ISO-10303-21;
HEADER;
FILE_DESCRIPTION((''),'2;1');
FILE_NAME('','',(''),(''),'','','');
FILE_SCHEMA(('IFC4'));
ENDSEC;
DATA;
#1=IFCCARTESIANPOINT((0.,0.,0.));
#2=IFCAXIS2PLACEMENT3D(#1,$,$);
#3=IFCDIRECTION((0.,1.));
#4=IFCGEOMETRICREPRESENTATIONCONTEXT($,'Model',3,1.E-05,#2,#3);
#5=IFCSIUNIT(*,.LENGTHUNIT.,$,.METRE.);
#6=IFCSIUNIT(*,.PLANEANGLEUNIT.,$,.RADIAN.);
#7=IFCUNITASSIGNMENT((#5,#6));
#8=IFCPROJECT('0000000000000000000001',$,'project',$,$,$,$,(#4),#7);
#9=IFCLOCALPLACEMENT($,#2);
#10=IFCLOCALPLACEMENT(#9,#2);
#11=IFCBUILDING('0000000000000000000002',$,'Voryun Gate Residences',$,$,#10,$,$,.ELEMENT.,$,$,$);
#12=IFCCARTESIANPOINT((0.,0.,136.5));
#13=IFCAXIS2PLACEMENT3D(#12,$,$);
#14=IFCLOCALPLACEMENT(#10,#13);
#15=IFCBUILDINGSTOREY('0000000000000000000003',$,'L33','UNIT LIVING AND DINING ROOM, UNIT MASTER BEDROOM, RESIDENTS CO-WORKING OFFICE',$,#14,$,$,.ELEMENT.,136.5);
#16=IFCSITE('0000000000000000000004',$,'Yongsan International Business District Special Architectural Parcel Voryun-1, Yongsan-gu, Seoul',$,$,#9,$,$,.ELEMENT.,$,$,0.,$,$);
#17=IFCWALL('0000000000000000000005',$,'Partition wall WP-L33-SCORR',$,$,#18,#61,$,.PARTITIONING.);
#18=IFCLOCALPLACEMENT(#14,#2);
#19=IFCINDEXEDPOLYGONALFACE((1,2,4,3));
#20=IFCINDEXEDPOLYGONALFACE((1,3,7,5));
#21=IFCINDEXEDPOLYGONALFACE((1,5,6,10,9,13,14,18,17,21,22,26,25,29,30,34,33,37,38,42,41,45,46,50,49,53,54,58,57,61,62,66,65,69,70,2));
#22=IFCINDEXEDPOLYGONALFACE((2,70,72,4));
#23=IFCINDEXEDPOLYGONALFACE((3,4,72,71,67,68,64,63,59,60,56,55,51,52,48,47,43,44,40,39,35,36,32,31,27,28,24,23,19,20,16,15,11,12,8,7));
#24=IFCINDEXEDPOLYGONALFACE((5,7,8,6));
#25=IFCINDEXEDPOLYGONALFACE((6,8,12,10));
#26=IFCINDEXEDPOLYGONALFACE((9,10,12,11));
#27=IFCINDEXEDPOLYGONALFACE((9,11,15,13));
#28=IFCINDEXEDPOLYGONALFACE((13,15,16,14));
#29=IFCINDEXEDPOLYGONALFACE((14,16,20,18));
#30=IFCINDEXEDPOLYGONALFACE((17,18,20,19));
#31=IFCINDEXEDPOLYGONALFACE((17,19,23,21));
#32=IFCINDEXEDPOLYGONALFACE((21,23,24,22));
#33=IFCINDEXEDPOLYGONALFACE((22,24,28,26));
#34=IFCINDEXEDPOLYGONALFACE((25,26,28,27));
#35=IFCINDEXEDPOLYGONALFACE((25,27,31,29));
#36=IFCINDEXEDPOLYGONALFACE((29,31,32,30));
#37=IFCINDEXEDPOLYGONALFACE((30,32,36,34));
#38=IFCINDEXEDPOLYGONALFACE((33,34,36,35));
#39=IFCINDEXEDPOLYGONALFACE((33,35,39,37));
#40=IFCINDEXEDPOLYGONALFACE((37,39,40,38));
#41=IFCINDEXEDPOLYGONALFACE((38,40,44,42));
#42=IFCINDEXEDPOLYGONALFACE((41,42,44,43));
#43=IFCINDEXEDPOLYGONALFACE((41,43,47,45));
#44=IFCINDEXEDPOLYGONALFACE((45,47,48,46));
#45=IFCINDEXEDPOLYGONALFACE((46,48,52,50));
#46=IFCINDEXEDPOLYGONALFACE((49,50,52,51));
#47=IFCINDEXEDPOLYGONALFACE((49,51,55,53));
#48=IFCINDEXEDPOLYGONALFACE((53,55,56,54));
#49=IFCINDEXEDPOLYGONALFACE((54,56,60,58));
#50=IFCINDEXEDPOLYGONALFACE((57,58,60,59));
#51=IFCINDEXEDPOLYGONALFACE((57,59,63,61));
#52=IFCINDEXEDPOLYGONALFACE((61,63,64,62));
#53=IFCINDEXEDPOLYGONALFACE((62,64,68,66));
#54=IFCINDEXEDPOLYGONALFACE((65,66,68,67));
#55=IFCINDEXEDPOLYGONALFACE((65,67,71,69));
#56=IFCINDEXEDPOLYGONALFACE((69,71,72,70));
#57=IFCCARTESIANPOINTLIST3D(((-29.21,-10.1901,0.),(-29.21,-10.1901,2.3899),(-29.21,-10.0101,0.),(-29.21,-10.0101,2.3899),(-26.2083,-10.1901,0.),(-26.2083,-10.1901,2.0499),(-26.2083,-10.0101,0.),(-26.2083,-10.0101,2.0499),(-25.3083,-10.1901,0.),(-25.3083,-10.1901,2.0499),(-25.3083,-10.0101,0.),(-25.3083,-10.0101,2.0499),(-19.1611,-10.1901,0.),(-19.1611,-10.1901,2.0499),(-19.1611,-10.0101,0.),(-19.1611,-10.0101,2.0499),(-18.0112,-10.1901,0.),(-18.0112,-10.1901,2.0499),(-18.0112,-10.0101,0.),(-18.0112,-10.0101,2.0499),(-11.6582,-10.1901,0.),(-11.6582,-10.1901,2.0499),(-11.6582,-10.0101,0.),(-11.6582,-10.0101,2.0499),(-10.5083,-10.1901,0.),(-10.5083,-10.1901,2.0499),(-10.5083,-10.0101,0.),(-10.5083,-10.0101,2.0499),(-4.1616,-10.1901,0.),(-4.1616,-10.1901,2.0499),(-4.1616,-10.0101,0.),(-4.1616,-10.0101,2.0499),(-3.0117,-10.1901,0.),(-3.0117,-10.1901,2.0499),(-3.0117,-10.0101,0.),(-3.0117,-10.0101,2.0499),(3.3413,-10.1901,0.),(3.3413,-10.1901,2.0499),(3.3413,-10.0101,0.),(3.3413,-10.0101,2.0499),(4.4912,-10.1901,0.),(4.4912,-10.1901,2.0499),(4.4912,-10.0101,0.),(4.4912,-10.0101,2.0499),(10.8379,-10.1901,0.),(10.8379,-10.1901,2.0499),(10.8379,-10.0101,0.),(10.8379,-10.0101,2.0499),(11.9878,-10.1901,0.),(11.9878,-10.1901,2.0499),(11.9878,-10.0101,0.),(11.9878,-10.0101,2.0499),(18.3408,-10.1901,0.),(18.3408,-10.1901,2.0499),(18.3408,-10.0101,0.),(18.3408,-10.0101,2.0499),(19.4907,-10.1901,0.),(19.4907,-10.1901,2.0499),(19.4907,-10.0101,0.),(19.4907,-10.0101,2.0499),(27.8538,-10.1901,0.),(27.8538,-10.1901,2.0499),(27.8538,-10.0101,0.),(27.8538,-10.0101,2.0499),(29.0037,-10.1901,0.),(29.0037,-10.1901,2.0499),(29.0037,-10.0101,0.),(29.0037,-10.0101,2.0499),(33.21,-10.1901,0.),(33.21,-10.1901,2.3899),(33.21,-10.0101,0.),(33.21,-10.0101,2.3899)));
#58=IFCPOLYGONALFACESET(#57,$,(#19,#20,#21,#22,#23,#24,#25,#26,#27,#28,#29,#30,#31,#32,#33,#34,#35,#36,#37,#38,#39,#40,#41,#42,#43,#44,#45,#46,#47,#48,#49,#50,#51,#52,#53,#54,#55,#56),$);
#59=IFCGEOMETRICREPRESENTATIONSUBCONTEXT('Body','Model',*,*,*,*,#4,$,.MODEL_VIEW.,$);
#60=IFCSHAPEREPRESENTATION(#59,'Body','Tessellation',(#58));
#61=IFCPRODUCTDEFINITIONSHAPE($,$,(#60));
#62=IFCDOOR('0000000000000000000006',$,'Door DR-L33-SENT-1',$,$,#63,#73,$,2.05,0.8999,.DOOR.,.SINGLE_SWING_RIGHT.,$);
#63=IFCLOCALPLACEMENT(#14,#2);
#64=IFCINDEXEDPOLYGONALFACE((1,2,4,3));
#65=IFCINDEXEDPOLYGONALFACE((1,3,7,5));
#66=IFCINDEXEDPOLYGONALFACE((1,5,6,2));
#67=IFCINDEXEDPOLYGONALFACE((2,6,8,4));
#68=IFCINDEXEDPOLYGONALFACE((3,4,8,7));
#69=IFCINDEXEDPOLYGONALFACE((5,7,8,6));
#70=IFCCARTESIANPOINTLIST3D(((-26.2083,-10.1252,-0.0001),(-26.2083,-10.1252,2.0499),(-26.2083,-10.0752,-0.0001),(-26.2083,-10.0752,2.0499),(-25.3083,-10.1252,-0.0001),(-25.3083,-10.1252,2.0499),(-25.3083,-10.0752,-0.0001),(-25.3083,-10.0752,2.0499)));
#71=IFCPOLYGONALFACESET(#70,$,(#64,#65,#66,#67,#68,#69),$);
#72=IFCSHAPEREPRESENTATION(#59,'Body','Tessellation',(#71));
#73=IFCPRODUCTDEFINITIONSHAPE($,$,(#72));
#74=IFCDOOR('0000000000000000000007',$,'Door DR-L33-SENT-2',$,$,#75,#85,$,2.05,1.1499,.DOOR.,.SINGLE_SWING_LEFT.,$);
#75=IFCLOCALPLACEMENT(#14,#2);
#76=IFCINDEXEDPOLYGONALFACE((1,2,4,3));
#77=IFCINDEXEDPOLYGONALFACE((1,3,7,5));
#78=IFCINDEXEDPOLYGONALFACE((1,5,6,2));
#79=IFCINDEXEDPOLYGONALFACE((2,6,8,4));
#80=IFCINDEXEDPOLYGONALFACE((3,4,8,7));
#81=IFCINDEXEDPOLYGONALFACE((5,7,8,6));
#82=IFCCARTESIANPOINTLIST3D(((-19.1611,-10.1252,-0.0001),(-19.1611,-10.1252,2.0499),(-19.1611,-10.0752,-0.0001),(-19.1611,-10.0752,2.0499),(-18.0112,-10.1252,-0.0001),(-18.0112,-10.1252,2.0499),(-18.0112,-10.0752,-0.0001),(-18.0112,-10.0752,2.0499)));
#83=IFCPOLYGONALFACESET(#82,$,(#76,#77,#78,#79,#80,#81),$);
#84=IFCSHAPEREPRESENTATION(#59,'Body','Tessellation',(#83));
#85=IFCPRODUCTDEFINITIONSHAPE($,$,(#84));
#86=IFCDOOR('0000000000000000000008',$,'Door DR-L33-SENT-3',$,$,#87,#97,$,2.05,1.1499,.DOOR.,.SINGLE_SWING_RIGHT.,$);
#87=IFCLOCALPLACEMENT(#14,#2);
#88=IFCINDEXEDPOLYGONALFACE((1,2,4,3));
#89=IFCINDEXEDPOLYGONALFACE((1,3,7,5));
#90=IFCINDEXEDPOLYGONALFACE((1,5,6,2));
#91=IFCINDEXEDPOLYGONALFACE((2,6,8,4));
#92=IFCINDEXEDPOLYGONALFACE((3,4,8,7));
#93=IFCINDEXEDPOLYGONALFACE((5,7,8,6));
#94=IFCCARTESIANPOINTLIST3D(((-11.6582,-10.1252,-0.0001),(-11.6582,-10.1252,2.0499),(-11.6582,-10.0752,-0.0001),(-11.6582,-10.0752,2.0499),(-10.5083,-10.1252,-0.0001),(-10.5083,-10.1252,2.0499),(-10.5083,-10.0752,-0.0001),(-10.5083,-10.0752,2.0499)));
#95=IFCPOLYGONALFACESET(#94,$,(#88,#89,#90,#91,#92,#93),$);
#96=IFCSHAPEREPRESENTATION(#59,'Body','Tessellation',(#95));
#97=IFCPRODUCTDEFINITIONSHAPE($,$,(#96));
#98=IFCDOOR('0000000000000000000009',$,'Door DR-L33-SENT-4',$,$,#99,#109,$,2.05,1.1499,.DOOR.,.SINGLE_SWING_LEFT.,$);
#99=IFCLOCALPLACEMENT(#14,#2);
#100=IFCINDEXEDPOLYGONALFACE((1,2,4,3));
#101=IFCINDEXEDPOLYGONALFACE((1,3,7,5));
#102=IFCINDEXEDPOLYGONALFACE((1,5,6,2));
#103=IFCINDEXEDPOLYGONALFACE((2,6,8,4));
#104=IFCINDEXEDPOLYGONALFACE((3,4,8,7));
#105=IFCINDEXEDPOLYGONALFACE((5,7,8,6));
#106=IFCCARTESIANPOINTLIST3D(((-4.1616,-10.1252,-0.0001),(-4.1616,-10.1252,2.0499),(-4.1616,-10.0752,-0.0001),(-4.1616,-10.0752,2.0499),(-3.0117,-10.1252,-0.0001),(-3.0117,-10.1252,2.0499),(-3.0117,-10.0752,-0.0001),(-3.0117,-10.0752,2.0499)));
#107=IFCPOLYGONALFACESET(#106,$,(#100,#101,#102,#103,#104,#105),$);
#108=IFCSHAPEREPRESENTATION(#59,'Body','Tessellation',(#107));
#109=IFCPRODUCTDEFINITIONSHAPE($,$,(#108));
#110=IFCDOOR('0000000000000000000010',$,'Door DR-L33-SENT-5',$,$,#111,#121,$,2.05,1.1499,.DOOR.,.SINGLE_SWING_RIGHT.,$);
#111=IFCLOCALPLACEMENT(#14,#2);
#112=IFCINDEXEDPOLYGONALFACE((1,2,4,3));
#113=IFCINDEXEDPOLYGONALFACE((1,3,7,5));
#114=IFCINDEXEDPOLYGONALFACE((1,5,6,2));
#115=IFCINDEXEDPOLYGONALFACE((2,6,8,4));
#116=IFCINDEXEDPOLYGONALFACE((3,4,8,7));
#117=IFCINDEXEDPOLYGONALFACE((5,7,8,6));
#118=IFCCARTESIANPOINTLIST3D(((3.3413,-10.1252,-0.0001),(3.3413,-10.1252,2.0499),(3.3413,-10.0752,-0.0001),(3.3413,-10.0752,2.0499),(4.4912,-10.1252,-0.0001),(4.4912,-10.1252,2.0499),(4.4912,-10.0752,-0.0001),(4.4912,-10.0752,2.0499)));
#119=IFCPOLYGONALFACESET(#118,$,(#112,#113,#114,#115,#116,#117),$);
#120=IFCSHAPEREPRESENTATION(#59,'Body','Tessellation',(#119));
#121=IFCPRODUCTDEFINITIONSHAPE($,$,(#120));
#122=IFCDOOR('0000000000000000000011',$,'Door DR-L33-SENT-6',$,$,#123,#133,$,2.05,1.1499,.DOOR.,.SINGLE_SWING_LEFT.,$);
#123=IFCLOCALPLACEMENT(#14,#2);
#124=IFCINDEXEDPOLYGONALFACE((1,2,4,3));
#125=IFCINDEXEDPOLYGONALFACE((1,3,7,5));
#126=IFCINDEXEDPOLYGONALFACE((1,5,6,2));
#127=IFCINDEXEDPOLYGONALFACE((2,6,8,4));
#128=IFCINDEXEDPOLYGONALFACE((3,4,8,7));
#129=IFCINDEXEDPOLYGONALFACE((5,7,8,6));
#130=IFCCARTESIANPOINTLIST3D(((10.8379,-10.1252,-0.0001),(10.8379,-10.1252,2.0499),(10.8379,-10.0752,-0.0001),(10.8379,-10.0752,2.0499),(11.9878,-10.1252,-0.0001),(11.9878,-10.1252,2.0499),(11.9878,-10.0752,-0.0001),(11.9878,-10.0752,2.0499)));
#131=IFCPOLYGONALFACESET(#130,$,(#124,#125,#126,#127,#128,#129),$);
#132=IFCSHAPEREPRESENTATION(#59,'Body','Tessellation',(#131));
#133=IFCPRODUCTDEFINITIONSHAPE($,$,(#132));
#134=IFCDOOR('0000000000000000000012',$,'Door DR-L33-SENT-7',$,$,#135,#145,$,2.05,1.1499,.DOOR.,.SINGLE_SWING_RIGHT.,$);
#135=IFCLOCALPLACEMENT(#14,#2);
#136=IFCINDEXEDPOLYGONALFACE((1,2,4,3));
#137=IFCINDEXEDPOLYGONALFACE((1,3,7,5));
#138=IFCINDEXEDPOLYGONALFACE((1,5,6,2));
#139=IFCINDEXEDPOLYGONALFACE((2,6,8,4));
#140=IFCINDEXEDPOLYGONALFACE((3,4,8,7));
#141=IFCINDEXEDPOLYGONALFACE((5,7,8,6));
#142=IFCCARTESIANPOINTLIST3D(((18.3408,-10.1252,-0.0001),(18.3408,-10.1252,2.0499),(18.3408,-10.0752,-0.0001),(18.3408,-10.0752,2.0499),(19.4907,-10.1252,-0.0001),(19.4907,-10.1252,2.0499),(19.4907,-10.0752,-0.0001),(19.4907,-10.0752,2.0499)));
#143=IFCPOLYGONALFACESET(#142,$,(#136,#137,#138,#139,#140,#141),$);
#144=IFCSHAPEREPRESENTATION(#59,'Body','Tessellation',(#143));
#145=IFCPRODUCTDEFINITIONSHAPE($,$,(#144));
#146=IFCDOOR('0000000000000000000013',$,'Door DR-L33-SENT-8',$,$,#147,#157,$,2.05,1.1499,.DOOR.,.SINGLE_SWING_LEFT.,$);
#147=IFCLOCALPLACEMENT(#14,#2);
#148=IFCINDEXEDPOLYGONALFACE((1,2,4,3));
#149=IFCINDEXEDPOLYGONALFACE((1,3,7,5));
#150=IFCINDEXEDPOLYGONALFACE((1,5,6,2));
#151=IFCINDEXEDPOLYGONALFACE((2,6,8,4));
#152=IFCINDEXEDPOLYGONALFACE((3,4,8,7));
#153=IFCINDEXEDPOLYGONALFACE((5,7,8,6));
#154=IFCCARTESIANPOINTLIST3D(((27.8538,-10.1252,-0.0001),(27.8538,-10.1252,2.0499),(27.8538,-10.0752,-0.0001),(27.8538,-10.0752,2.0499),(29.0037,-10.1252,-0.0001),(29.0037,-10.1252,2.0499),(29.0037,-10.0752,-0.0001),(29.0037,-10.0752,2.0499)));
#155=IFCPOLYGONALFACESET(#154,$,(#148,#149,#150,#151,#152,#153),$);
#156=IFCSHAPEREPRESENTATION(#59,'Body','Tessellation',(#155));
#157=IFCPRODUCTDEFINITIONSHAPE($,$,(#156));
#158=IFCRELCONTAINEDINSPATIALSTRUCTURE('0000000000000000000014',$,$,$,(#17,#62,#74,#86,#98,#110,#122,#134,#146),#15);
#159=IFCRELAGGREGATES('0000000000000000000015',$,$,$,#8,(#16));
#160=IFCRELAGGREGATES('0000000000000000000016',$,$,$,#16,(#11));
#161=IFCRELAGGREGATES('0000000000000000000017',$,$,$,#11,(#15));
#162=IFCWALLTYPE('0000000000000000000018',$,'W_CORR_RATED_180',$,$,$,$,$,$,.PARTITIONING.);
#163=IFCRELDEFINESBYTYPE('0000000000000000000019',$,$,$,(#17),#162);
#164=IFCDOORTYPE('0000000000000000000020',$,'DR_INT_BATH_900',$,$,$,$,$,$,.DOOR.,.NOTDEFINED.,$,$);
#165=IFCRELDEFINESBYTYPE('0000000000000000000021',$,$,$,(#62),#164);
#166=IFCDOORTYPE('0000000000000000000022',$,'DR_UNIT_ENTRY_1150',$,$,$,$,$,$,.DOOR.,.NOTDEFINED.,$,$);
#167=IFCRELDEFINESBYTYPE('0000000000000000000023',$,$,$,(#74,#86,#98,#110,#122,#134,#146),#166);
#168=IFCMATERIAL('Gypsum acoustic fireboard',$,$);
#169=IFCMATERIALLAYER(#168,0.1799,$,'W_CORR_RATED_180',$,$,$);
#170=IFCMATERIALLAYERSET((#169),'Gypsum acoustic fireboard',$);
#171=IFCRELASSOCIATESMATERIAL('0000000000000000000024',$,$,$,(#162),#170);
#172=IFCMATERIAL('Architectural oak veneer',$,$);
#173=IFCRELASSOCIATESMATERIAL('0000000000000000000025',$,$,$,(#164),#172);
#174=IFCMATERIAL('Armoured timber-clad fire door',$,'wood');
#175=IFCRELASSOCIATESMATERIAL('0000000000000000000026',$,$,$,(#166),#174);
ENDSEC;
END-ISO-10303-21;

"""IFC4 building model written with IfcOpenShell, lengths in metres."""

from ifc_helpers import new_model, si_unit, direction, frame, frame_2d, origin, place, context, subcontext, project, spatial, rectangle, extrude, material, layer, layer_set, type_object, element, fill, save


model = new_model("IFC4")

# Units and contexts
model_context = context("Model", 3, precision=1e-05, world=origin(), true_north=direction((0.0, 1.0)))
body_context = subcontext(model_context, "Body", "Model", "MODEL_VIEW")
ifc_project = project(units=[si_unit("LENGTHUNIT", "METRE"), si_unit("PLANEANGLEUNIT", "RADIAN")], contexts=[model_context])

# Site, building, storey
site_placement = place(None, origin())
site = spatial("IfcSite", under=ifc_project, at=site_placement, Name="Yongsan International Business District Special Architectural Parcel Voryun-1, Yongsan-gu, Seoul", CompositionType="ELEMENT", RefElevation=0.0)
building_placement = place(site_placement, origin())
building = spatial("IfcBuilding", under=site, at=building_placement, Name="Voryun Gate Residences", CompositionType="ELEMENT")
storey_placement = place(building_placement, frame((0.0, 0.0, 136.5)))
storey = spatial("IfcBuildingStorey", under=building, at=storey_placement, Name="L33", Description="UNIT LIVING AND DINING ROOM, UNIT MASTER BEDROOM, RESIDENTS CO-WORKING OFFICE", CompositionType="ELEMENT", Elevation=136.5)

# Shared definitions
ifc_material_1 = material(Name="Gypsum acoustic fireboard")
ifc_layer_1 = layer(ifc_material_1, 0.1799, Name="W_CORR_RATED_180")
ifc_layer_set_1 = layer_set([ifc_layer_1], Name="Gypsum acoustic fireboard")
wall_type_1 = type_object("IfcWallType", Name="W_CORR_RATED_180", PredefinedType="PARTITIONING", material=ifc_layer_set_1)

# Wall, openings, doors
wall_1_placement = place(storey_placement, frame((-29.21, -10.1001, 0.0), z_axis=(0.0, 0.0, 1.0), x_axis=(1.0, 0.0, 0.0)))
wall_1 = element("IfcWall", 1, at=wall_1_placement, inside=storey, type_object=wall_type_1, Name="Partition wall WP-L33-SCORR", PredefinedType="PARTITIONING", context=body_context, shape_type="SweptSolid", body=[
    extrude(rectangle(XDim=62.4199, YDim=0.1799, at=frame_2d((31.21, 0.0))), origin(), (0.0, 0.0, 1.0), 2.3899),
])
opening_1_placement = place(wall_1_placement, frame((3.0017, 0.0, 0.0)))
opening_1 = element("IfcOpeningElement", 2, at=opening_1_placement, cuts=wall_1, PredefinedType="OPENING", context=body_context, shape_type="SweptSolid", body=[
    extrude(rectangle(XDim=0.8999, YDim=2.05, at=frame_2d((0.45, 1.0249))), frame((0.0, 0.0999, 0.0), z_axis=(0.0, -1.0, 0.0), x_axis=(1.0, 0.0, 0.0)), (0.0, 0.0, 1.0), 0.2),
])
opening_2_placement = place(wall_1_placement, frame((10.0488, 0.0, 0.0)))
opening_2 = element("IfcOpeningElement", 3, at=opening_2_placement, cuts=wall_1, PredefinedType="OPENING", context=body_context, shape_type="SweptSolid", body=[
    extrude(rectangle(XDim=1.1499, YDim=2.05, at=frame_2d((0.575, 1.0249))), frame((0.0, 0.0999, 0.0), z_axis=(0.0, -1.0, 0.0), x_axis=(1.0, 0.0, 0.0)), (0.0, 0.0, 1.0), 0.2),
])
opening_3_placement = place(wall_1_placement, frame((17.5518, 0.0, 0.0)))
opening_3 = element("IfcOpeningElement", 4, at=opening_3_placement, cuts=wall_1, PredefinedType="OPENING", context=body_context, shape_type="SweptSolid", body=[
    extrude(rectangle(XDim=1.1499, YDim=2.05, at=frame_2d((0.575, 1.0249))), frame((0.0, 0.0999, 0.0), z_axis=(0.0, -1.0, 0.0), x_axis=(1.0, 0.0, 0.0)), (0.0, 0.0, 1.0), 0.2),
])
opening_4_placement = place(wall_1_placement, frame((25.0483, 0.0, 0.0)))
opening_4 = element("IfcOpeningElement", 5, at=opening_4_placement, cuts=wall_1, PredefinedType="OPENING", context=body_context, shape_type="SweptSolid", body=[
    extrude(rectangle(XDim=1.1499, YDim=2.05, at=frame_2d((0.575, 1.0249))), frame((0.0, 0.0999, 0.0), z_axis=(0.0, -1.0, 0.0), x_axis=(1.0, 0.0, 0.0)), (0.0, 0.0, 1.0), 0.2),
])
opening_5_placement = place(wall_1_placement, frame((32.5513, 0.0, 0.0)))
opening_5 = element("IfcOpeningElement", 6, at=opening_5_placement, cuts=wall_1, PredefinedType="OPENING", context=body_context, shape_type="SweptSolid", body=[
    extrude(rectangle(XDim=1.1499, YDim=2.05, at=frame_2d((0.575, 1.0249))), frame((0.0, 0.0999, 0.0), z_axis=(0.0, -1.0, 0.0), x_axis=(1.0, 0.0, 0.0)), (0.0, 0.0, 1.0), 0.2),
])
opening_6_placement = place(wall_1_placement, frame((40.0479, 0.0, 0.0)))
opening_6 = element("IfcOpeningElement", 7, at=opening_6_placement, cuts=wall_1, PredefinedType="OPENING", context=body_context, shape_type="SweptSolid", body=[
    extrude(rectangle(XDim=1.1499, YDim=2.05, at=frame_2d((0.575, 1.0249))), frame((0.0, 0.0999, 0.0), z_axis=(0.0, -1.0, 0.0), x_axis=(1.0, 0.0, 0.0)), (0.0, 0.0, 1.0), 0.2),
])
opening_7_placement = place(wall_1_placement, frame((47.5508, 0.0, 0.0)))
opening_7 = element("IfcOpeningElement", 8, at=opening_7_placement, cuts=wall_1, PredefinedType="OPENING", context=body_context, shape_type="SweptSolid", body=[
    extrude(rectangle(XDim=1.1499, YDim=2.05, at=frame_2d((0.575, 1.0249))), frame((0.0, 0.0999, 0.0), z_axis=(0.0, -1.0, 0.0), x_axis=(1.0, 0.0, 0.0)), (0.0, 0.0, 1.0), 0.2),
])
opening_8_placement = place(wall_1_placement, frame((57.0637, 0.0, 0.0)))
opening_8 = element("IfcOpeningElement", 9, at=opening_8_placement, cuts=wall_1, PredefinedType="OPENING", context=body_context, shape_type="SweptSolid", body=[
    extrude(rectangle(XDim=1.1499, YDim=2.05, at=frame_2d((0.575, 1.0249))), frame((0.0, 0.0999, 0.0), z_axis=(0.0, -1.0, 0.0), x_axis=(1.0, 0.0, 0.0)), (0.0, 0.0, 1.0), 0.2),
])
ifc_material_2 = material(Name="Architectural oak veneer")
door_type_1 = type_object("IfcDoorType", Name="DR_INT_BATH_900", OperationType="NOTDEFINED", PredefinedType="DOOR", material=ifc_material_2)
door_1_placement = place(opening_1_placement, origin())
door_1 = element("IfcDoor", 10, at=door_1_placement, inside=storey, type_object=door_type_1, Name="Door DR-L33-SENT-1", OperationType="SINGLE_SWING_RIGHT", OverallHeight=2.05, OverallWidth=0.8999, PredefinedType="DOOR", context=body_context, shape_type="SweptSolid", body=[
    extrude(rectangle(XDim=0.8999, YDim=2.05, at=frame_2d((0.45, 1.0249))), frame((0.0, 0.0249, 0.0), z_axis=(0.0, -1.0, 0.0), x_axis=(1.0, 0.0, 0.0)), (0.0, 0.0, 1.0), 0.05),
])
fill(opening_1, door_1)
ifc_material_3 = material(Name="Armoured timber-clad fire door", Category="wood")
door_type_2 = type_object("IfcDoorType", Name="DR_UNIT_ENTRY_1150", OperationType="NOTDEFINED", PredefinedType="DOOR", material=ifc_material_3)
door_2_placement = place(opening_2_placement, origin())
door_2 = element("IfcDoor", 11, at=door_2_placement, inside=storey, type_object=door_type_2, Name="Door DR-L33-SENT-2", OperationType="SINGLE_SWING_LEFT", OverallHeight=2.05, OverallWidth=1.1499, PredefinedType="DOOR", context=body_context, shape_type="SweptSolid", body=[
    extrude(rectangle(XDim=1.1499, YDim=2.05, at=frame_2d((0.575, 1.0249))), frame((0.0, 0.0249, 0.0), z_axis=(0.0, -1.0, 0.0), x_axis=(1.0, 0.0, 0.0)), (0.0, 0.0, 1.0), 0.05),
])
fill(opening_2, door_2)
door_3_placement = place(opening_3_placement, origin())
door_3 = element("IfcDoor", 12, at=door_3_placement, inside=storey, type_object=door_type_2, Name="Door DR-L33-SENT-3", OperationType="SINGLE_SWING_RIGHT", OverallHeight=2.05, OverallWidth=1.1499, PredefinedType="DOOR", context=body_context, shape_type="SweptSolid", body=[
    extrude(rectangle(XDim=1.1499, YDim=2.05, at=frame_2d((0.575, 1.0249))), frame((0.0, 0.0249, 0.0), z_axis=(0.0, -1.0, 0.0), x_axis=(1.0, 0.0, 0.0)), (0.0, 0.0, 1.0), 0.05),
])
fill(opening_3, door_3)
door_4_placement = place(opening_4_placement, origin())
door_4 = element("IfcDoor", 13, at=door_4_placement, inside=storey, type_object=door_type_2, Name="Door DR-L33-SENT-4", OperationType="SINGLE_SWING_LEFT", OverallHeight=2.05, OverallWidth=1.1499, PredefinedType="DOOR", context=body_context, shape_type="SweptSolid", body=[
    extrude(rectangle(XDim=1.1499, YDim=2.05, at=frame_2d((0.575, 1.0249))), frame((0.0, 0.0249, 0.0), z_axis=(0.0, -1.0, 0.0), x_axis=(1.0, 0.0, 0.0)), (0.0, 0.0, 1.0), 0.05),
])
fill(opening_4, door_4)
door_5_placement = place(opening_5_placement, origin())
door_5 = element("IfcDoor", 14, at=door_5_placement, inside=storey, type_object=door_type_2, Name="Door DR-L33-SENT-5", OperationType="SINGLE_SWING_RIGHT", OverallHeight=2.05, OverallWidth=1.1499, PredefinedType="DOOR", context=body_context, shape_type="SweptSolid", body=[
    extrude(rectangle(XDim=1.1499, YDim=2.05, at=frame_2d((0.575, 1.0249))), frame((0.0, 0.0249, 0.0), z_axis=(0.0, -1.0, 0.0), x_axis=(1.0, 0.0, 0.0)), (0.0, 0.0, 1.0), 0.05),
])
fill(opening_5, door_5)
door_6_placement = place(opening_6_placement, origin())
door_6 = element("IfcDoor", 15, at=door_6_placement, inside=storey, type_object=door_type_2, Name="Door DR-L33-SENT-6", OperationType="SINGLE_SWING_LEFT", OverallHeight=2.05, OverallWidth=1.1499, PredefinedType="DOOR", context=body_context, shape_type="SweptSolid", body=[
    extrude(rectangle(XDim=1.1499, YDim=2.05, at=frame_2d((0.575, 1.0249))), frame((0.0, 0.0249, 0.0), z_axis=(0.0, -1.0, 0.0), x_axis=(1.0, 0.0, 0.0)), (0.0, 0.0, 1.0), 0.05),
])
fill(opening_6, door_6)
door_7_placement = place(opening_7_placement, origin())
door_7 = element("IfcDoor", 16, at=door_7_placement, inside=storey, type_object=door_type_2, Name="Door DR-L33-SENT-7", OperationType="SINGLE_SWING_RIGHT", OverallHeight=2.05, OverallWidth=1.1499, PredefinedType="DOOR", context=body_context, shape_type="SweptSolid", body=[
    extrude(rectangle(XDim=1.1499, YDim=2.05, at=frame_2d((0.575, 1.0249))), frame((0.0, 0.0249, 0.0), z_axis=(0.0, -1.0, 0.0), x_axis=(1.0, 0.0, 0.0)), (0.0, 0.0, 1.0), 0.05),
])
fill(opening_7, door_7)
door_8_placement = place(opening_8_placement, origin())
door_8 = element("IfcDoor", 17, at=door_8_placement, inside=storey, type_object=door_type_2, Name="Door DR-L33-SENT-8", OperationType="SINGLE_SWING_LEFT", OverallHeight=2.05, OverallWidth=1.1499, PredefinedType="DOOR", context=body_context, shape_type="SweptSolid", body=[
    extrude(rectangle(XDim=1.1499, YDim=2.05, at=frame_2d((0.575, 1.0249))), frame((0.0, 0.0249, 0.0), z_axis=(0.0, -1.0, 0.0), x_axis=(1.0, 0.0, 0.0)), (0.0, 0.0, 1.0), 0.05),
])
fill(opening_8, door_8)

save(model, "model.ifc")
